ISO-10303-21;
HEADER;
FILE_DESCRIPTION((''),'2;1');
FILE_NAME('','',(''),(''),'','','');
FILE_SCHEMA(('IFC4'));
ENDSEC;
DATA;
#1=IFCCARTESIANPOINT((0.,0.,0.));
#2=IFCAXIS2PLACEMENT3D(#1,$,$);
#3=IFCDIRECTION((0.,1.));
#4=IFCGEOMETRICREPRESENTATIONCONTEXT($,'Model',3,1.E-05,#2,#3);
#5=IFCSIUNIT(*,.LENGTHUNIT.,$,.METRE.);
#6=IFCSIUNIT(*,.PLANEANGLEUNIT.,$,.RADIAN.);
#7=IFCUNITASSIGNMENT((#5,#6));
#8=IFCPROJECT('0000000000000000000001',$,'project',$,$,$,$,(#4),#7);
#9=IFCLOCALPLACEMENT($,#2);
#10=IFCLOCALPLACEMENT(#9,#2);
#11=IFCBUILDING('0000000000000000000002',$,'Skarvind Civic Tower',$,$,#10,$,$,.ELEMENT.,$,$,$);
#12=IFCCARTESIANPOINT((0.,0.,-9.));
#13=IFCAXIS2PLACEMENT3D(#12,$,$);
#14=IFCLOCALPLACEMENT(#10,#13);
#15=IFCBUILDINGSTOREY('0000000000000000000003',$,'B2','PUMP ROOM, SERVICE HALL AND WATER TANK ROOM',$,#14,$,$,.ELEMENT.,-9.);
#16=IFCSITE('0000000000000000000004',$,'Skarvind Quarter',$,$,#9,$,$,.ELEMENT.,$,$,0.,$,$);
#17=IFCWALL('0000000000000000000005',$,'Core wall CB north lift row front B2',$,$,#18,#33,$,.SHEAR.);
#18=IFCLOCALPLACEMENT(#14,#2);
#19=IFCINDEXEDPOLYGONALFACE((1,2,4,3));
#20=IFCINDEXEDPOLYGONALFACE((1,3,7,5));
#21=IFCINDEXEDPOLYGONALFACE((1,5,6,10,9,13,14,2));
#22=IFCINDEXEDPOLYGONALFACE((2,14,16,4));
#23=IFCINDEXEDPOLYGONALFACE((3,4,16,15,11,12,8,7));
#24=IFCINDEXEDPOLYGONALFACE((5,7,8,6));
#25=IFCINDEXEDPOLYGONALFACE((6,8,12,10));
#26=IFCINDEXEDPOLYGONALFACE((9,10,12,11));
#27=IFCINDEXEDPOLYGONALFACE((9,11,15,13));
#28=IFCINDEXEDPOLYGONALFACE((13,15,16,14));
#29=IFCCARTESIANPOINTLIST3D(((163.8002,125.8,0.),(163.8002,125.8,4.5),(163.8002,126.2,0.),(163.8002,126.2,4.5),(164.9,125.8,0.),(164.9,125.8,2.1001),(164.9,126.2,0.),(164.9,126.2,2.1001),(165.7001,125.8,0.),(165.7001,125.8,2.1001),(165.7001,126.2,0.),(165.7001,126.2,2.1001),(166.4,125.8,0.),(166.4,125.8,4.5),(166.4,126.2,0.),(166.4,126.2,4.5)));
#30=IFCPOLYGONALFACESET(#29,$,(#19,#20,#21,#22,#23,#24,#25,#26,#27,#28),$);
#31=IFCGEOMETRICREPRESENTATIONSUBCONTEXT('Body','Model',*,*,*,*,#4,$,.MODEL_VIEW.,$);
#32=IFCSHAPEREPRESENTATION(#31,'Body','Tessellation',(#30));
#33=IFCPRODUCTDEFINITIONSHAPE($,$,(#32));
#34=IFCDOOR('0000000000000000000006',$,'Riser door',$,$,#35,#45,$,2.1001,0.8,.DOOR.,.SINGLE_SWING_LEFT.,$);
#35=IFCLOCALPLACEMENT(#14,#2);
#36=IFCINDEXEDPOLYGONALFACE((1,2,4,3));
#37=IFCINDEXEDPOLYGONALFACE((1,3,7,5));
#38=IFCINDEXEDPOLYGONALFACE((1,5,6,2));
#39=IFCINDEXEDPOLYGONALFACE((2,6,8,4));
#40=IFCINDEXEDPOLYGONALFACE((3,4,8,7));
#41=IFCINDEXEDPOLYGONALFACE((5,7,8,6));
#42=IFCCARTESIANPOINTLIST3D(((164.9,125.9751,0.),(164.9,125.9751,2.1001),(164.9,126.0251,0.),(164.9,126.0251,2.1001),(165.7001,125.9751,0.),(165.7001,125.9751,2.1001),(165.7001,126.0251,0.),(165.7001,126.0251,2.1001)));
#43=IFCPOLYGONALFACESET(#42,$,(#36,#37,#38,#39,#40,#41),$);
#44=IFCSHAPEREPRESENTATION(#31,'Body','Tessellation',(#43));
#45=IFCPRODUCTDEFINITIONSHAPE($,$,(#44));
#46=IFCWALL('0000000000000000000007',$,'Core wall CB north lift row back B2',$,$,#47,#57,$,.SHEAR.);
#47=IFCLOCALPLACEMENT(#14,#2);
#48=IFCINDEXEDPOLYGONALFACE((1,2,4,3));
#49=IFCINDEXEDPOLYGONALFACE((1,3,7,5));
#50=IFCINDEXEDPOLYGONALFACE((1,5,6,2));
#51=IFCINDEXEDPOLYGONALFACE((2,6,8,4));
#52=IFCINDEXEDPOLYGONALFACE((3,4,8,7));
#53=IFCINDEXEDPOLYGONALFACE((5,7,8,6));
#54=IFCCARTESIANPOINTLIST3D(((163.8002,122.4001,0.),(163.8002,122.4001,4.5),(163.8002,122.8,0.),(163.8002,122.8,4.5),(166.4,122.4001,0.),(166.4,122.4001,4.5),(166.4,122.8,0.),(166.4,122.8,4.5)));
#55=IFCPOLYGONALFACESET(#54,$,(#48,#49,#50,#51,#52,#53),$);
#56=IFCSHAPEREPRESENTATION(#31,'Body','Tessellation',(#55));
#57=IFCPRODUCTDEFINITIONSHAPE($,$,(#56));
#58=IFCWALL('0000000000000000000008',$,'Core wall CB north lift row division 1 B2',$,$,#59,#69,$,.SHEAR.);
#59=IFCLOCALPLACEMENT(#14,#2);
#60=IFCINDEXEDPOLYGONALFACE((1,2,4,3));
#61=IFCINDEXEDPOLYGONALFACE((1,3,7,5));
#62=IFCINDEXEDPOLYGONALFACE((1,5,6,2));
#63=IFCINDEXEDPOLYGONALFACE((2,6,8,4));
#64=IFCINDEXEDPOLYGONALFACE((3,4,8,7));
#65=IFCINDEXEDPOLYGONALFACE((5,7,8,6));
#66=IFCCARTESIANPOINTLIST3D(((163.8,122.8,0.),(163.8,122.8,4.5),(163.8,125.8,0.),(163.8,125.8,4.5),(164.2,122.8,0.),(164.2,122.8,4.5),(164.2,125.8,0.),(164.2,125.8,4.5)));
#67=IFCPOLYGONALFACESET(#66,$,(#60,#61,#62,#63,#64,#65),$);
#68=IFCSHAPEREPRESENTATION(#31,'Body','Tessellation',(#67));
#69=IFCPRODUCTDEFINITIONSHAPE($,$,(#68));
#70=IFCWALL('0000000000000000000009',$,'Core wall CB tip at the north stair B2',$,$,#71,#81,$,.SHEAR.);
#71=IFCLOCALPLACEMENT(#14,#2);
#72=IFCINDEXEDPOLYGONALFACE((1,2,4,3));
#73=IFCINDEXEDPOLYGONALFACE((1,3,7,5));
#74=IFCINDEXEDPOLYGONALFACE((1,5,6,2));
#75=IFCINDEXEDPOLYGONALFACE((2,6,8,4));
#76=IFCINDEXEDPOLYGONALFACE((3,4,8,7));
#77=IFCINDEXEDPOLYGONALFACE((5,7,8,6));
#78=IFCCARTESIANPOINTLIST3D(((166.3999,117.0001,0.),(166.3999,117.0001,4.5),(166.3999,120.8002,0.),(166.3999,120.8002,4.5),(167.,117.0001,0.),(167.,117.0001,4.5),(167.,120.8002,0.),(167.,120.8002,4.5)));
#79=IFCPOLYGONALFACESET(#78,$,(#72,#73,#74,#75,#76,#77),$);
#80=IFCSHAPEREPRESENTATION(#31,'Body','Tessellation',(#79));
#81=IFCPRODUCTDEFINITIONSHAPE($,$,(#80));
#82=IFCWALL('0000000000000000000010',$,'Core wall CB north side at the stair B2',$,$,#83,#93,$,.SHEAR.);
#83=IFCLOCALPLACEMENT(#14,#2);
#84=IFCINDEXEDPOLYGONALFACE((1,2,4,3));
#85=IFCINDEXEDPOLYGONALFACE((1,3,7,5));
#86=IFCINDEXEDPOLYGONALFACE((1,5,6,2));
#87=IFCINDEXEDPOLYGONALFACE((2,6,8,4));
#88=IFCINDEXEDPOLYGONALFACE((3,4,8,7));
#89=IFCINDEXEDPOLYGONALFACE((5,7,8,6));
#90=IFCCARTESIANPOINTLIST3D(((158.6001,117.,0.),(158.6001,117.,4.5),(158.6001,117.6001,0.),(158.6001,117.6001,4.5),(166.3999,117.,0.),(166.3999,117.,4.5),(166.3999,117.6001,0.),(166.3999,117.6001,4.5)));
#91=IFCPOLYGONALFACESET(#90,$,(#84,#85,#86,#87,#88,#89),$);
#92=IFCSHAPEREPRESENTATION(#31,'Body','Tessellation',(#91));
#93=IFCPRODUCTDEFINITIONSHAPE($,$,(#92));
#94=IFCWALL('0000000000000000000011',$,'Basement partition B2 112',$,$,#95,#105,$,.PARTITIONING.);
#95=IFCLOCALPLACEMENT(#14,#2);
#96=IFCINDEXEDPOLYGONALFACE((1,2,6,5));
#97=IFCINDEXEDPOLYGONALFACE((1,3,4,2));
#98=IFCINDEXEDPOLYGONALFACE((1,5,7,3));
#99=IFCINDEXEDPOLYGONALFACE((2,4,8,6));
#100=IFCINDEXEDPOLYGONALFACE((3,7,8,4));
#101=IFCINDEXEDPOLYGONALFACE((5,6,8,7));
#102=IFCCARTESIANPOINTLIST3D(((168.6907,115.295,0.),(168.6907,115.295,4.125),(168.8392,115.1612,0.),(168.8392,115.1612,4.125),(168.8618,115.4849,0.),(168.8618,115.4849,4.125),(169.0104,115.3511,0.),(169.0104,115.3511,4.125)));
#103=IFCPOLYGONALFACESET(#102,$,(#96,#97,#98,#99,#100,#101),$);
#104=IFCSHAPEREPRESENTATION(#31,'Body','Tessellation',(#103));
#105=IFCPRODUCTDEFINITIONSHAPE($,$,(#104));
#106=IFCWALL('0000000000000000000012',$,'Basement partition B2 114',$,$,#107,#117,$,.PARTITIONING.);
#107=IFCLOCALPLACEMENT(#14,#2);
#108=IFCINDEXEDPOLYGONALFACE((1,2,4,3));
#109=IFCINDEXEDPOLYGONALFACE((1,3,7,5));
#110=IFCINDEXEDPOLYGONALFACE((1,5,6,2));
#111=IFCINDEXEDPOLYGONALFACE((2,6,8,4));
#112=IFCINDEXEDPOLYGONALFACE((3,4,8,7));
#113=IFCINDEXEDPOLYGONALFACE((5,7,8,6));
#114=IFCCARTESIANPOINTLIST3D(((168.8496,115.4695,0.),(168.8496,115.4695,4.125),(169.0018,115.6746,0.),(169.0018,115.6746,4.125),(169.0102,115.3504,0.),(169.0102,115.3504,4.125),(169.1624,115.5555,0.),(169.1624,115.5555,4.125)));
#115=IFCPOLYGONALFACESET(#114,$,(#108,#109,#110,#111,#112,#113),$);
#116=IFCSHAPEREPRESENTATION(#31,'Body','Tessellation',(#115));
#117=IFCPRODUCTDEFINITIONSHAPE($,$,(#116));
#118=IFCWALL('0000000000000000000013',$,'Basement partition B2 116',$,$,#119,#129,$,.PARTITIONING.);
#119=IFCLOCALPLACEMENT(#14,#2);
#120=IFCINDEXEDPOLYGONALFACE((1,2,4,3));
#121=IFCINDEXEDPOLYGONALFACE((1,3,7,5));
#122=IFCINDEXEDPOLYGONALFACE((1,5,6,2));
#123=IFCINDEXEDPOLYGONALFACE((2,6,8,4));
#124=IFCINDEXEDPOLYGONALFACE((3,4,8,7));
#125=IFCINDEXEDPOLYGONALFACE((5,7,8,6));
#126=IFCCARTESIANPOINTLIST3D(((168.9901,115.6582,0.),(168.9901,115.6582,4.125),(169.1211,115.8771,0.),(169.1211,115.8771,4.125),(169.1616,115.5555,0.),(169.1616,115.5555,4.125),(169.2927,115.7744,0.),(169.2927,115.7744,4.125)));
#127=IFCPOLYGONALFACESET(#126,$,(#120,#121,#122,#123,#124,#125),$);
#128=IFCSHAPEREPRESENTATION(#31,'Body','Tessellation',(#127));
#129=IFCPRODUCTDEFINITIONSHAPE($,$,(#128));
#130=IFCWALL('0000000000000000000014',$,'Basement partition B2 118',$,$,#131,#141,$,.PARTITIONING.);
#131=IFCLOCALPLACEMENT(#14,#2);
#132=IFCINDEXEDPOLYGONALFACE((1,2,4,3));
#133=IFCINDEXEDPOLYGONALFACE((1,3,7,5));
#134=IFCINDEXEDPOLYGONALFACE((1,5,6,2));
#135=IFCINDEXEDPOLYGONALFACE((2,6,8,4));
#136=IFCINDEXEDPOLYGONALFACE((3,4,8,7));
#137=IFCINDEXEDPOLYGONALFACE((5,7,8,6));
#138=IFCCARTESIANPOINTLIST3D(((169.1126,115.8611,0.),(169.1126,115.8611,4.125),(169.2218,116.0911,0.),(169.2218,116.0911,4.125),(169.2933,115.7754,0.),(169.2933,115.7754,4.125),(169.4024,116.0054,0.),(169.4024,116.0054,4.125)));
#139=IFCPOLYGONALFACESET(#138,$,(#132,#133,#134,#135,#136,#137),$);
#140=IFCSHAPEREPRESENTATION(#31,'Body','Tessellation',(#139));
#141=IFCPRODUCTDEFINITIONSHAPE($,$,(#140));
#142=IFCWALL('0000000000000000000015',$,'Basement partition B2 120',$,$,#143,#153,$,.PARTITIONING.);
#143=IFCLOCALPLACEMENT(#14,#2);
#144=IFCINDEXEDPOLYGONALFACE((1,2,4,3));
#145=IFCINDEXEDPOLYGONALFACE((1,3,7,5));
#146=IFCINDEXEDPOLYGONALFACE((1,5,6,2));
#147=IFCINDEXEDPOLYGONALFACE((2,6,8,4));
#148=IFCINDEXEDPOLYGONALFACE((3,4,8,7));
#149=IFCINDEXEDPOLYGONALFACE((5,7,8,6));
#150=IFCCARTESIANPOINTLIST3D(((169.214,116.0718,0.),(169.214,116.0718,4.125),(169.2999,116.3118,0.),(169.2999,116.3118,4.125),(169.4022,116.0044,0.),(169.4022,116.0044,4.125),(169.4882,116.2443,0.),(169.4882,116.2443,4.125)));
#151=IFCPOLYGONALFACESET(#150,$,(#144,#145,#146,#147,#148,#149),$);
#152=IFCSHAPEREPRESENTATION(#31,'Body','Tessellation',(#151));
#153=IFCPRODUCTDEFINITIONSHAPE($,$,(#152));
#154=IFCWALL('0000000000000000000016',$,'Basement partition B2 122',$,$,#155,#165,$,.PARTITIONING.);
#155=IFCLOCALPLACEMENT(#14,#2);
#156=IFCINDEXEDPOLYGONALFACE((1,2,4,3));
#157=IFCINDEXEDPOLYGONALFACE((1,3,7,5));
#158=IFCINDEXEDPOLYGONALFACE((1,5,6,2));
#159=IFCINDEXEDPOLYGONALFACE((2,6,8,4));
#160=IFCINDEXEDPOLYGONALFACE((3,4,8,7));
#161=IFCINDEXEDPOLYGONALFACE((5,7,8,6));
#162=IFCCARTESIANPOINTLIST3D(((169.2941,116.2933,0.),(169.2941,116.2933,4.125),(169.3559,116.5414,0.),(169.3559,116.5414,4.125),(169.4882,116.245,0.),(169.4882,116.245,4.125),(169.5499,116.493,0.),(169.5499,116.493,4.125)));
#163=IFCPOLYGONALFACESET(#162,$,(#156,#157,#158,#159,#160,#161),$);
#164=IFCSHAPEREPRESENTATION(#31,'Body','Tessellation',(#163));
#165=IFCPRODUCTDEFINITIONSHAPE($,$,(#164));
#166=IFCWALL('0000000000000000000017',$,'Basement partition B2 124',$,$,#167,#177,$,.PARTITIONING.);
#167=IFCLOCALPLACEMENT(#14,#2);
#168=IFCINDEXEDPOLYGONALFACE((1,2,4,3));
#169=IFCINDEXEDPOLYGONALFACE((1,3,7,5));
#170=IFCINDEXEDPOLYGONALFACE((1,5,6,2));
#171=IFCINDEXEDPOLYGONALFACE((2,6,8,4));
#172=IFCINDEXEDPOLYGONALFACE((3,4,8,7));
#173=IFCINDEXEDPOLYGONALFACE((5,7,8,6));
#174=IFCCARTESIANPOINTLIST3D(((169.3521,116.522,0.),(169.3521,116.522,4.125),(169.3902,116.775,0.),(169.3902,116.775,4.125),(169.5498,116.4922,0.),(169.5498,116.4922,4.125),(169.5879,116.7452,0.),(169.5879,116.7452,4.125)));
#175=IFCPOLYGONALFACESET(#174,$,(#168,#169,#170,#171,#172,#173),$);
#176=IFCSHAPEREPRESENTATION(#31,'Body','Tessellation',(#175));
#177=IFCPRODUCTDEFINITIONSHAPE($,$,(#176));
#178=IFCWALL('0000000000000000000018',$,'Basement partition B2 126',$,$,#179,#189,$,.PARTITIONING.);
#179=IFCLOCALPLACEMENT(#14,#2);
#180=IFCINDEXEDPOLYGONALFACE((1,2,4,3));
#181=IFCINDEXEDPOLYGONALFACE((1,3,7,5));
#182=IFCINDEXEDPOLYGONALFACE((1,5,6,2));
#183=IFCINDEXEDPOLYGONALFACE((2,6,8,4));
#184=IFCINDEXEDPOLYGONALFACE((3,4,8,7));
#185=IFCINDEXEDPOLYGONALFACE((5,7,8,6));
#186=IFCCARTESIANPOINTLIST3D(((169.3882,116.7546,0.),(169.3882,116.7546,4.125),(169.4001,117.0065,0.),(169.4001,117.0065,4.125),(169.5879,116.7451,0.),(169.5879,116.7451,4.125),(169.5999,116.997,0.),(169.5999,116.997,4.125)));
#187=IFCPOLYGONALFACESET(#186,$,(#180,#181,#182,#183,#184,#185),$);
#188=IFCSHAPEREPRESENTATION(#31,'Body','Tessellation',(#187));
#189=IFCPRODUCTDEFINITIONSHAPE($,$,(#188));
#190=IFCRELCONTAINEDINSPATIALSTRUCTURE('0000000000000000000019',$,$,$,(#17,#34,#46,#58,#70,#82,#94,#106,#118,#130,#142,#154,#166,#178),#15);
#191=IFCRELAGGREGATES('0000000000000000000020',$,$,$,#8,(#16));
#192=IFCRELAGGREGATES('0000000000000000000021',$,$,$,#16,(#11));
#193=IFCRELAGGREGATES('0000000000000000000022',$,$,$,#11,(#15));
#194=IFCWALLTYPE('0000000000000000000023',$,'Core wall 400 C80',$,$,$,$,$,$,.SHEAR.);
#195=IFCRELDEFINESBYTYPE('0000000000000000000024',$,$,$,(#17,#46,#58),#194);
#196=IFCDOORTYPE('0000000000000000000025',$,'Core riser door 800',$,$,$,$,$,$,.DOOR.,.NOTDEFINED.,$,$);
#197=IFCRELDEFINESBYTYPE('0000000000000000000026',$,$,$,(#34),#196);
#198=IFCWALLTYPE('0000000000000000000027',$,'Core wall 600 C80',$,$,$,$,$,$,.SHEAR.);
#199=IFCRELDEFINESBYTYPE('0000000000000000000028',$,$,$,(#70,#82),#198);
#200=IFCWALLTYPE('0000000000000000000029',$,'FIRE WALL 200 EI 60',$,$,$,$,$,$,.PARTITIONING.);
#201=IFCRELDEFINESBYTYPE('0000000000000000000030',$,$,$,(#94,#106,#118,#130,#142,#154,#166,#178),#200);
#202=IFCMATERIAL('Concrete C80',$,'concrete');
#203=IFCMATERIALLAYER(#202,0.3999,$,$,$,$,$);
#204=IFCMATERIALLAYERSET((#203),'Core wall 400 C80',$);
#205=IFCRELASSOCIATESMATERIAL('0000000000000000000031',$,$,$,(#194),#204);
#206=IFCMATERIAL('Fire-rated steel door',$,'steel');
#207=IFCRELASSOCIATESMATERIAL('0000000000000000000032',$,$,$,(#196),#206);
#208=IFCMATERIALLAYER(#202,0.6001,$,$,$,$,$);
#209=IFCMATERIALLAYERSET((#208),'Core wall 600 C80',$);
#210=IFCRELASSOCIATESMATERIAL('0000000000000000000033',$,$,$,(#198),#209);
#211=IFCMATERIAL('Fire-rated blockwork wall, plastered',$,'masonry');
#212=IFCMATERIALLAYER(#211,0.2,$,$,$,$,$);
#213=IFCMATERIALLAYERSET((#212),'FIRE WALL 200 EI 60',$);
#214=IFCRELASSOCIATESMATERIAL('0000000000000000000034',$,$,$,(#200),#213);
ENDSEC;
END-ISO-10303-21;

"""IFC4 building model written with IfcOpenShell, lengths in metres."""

from ifc_helpers import new_model, si_unit, direction, frame, frame_2d, origin, place, context, subcontext, project, spatial, rectangle, extrude, material, layer, layer_set, type_object, element, fill, save


model = new_model("IFC4")

# Units and contexts
model_context = context("Model", 3, precision=1e-05, world=origin(), true_north=direction((0.0, 1.0)))
body_context = subcontext(model_context, "Body", "Model", "MODEL_VIEW")
ifc_project = project(units=[si_unit("LENGTHUNIT", "METRE"), si_unit("PLANEANGLEUNIT", "RADIAN")], contexts=[model_context])

# Site, building, storey
site_placement = place(None, origin())
site = spatial("IfcSite", under=ifc_project, at=site_placement, Name="Skarvind Quarter", CompositionType="ELEMENT", RefElevation=0.0)
building_placement = place(site_placement, origin())
building = spatial("IfcBuilding", under=site, at=building_placement, Name="Skarvind Civic Tower", CompositionType="ELEMENT")
storey_placement = place(building_placement, frame((0.0, 0.0, -9.0)))
storey = spatial("IfcBuildingStorey", under=building, at=storey_placement, Name="B2", Description="PUMP ROOM, SERVICE HALL AND WATER TANK ROOM", CompositionType="ELEMENT", Elevation=-9.0)

# Shared definitions
ifc_material_1 = material(Name="Fire-rated steel door", Category="steel")

# Shared definitions
ifc_material_2 = material(Name="Concrete C80", Category="concrete")
ifc_layer_1 = layer(ifc_material_2, 0.3999)
ifc_layer_set_1 = layer_set([ifc_layer_1], Name="Core wall 400 C80")
wall_type_1 = type_object("IfcWallType", Name="Core wall 400 C80", PredefinedType="SHEAR", material=ifc_layer_set_1)

# Wall, opening, door
wall_1_placement = place(storey_placement, frame((166.3999, 126.0, 0.0), z_axis=(0.0, 0.0, 1.0), x_axis=(-1.0, 0.0, 0.0)))
wall_1 = element("IfcWall", 1, at=wall_1_placement, inside=storey, type_object=wall_type_1, Name="Core wall CB north lift row front B2", PredefinedType="SHEAR", context=body_context, shape_type="SweptSolid", body=[
    extrude(rectangle(XDim=2.5999, YDim=0.3999, at=frame_2d((1.2998, 0.0))), origin(), (0.0, 0.0, 1.0), 4.5),
])
opening_1_placement = place(wall_1_placement, frame((0.7, 0.0, 0.0)))
opening_1 = element("IfcOpeningElement", 2, at=opening_1_placement, cuts=wall_1, PredefinedType="OPENING", context=body_context, shape_type="SweptSolid", body=[
    extrude(rectangle(XDim=0.8, YDim=2.1001, at=frame_2d((0.3999, 1.05))), frame((0.0, 0.21, 0.0), z_axis=(0.0, -1.0, 0.0), x_axis=(1.0, 0.0, 0.0)), (0.0, 0.0, 1.0), 0.4199),
])
door_type_1 = type_object("IfcDoorType", Name="Core riser door 800", OperationType="NOTDEFINED", PredefinedType="DOOR", material=ifc_material_1)
door_1_placement = place(opening_1_placement, origin())
door_1 = element("IfcDoor", 3, at=door_1_placement, inside=storey, type_object=door_type_1, Name="Riser door", OperationType="SINGLE_SWING_LEFT", OverallHeight=2.1001, OverallWidth=0.8, PredefinedType="DOOR", context=body_context, shape_type="SweptSolid", body=[
    extrude(rectangle(XDim=0.8, YDim=2.1001, at=frame_2d((0.3999, 1.05))), frame((0.0, 0.0249, 0.0), z_axis=(0.0, -1.0, 0.0), x_axis=(1.0, 0.0, 0.0)), (0.0, 0.0, 1.0), 0.05),
])
fill(opening_1, door_1)

# Walls
wall_2_placement = place(storey_placement, frame((166.3999, 122.6001, 0.0), z_axis=(0.0, 0.0, 1.0), x_axis=(-1.0, 0.0, 0.0)))
element("IfcWall", 4, at=wall_2_placement, inside=storey, type_object=wall_type_1, Name="Core wall CB north lift row back B2", PredefinedType="SHEAR", context=body_context, shape_type="SweptSolid", body=[
    extrude(rectangle(XDim=2.5999, YDim=0.3999, at=frame_2d((1.2998, 0.0))), origin(), (0.0, 0.0, 1.0), 4.5),
])
wall_3_placement = place(storey_placement, frame((164.0, 125.8, 0.0), z_axis=(0.0, 0.0, 1.0), x_axis=(0.0, -1.0, 0.0)))
element("IfcWall", 5, at=wall_3_placement, inside=storey, type_object=wall_type_1, Name="Core wall CB north lift row division 1 B2", PredefinedType="SHEAR", context=body_context, shape_type="SweptSolid", body=[
    extrude(rectangle(XDim=3.0, YDim=0.3999, at=frame_2d((1.5, 0.0))), origin(), (0.0, 0.0, 1.0), 4.5),
])
ifc_layer_2 = layer(ifc_material_2, 0.6001)
ifc_layer_set_2 = layer_set([ifc_layer_2], Name="Core wall 600 C80")
wall_type_2 = type_object("IfcWallType", Name="Core wall 600 C80", PredefinedType="SHEAR", material=ifc_layer_set_2)
wall_4_placement = place(storey_placement, frame((166.7, 120.8, 0.0), z_axis=(0.0, 0.0, 1.0), x_axis=(0.0, -1.0, 0.0)))
element("IfcWall", 6, at=wall_4_placement, inside=storey, type_object=wall_type_2, Name="Core wall CB tip at the north stair B2", PredefinedType="SHEAR", context=body_context, shape_type="SweptSolid", body=[
    extrude(rectangle(XDim=3.8, YDim=0.6001, at=frame_2d((1.8999, 0.0))), origin(), (0.0, 0.0, 1.0), 4.5),
])
wall_5_placement = place(storey_placement, frame((166.3999, 117.3, 0.0), z_axis=(0.0, 0.0, 1.0), x_axis=(-1.0, 0.0, 0.0)))
element("IfcWall", 7, at=wall_5_placement, inside=storey, type_object=wall_type_2, Name="Core wall CB north side at the stair B2", PredefinedType="SHEAR", context=body_context, shape_type="SweptSolid", body=[
    extrude(rectangle(XDim=7.7998, YDim=0.6001, at=frame_2d((3.8999, 0.0))), origin(), (0.0, 0.0, 1.0), 4.5),
])
ifc_material_3 = material(Name="Fire-rated blockwork wall, plastered", Category="masonry")
ifc_layer_3 = layer(ifc_material_3, 0.2)
ifc_layer_set_3 = layer_set([ifc_layer_3], Name="FIRE WALL 200 EI 60")
wall_type_3 = type_object("IfcWallType", Name="FIRE WALL 200 EI 60", PredefinedType="PARTITIONING", material=ifc_layer_set_3)
wall_6_placement = place(storey_placement, frame((168.7649, 115.228, 0.0), z_axis=(0.0, 0.0, 1.0), x_axis=(0.669387, 0.742914, 0.0)))
element("IfcWall", 8, at=wall_6_placement, inside=storey, type_object=wall_type_3, Name="Basement partition B2 112", PredefinedType="PARTITIONING", context=body_context, shape_type="SweptSolid", body=[
    extrude(rectangle(XDim=0.2556, YDim=0.2, at=frame_2d((0.1279, 0.0))), origin(), (0.0, 0.0, 1.0), 4.125),
])
wall_7_placement = place(storey_placement, frame((168.9299, 115.4099, 0.0), z_axis=(0.0, 0.0, 1.0), x_axis=(0.595708, 0.803201, 0.0)))
element("IfcWall", 9, at=wall_7_placement, inside=storey, type_object=wall_type_3, Name="Basement partition B2 114", PredefinedType="PARTITIONING", context=body_context, shape_type="SweptSolid", body=[
    extrude(rectangle(XDim=0.2554, YDim=0.2, at=frame_2d((0.1277, 0.0))), origin(), (0.0, 0.0, 1.0), 4.125),
])
wall_8_placement = place(storey_placement, frame((169.0759, 115.6069, 0.0), z_axis=(0.0, 0.0, 1.0), x_axis=(0.513652, 0.857999, 0.0)))
element("IfcWall", 10, at=wall_8_placement, inside=storey, type_object=wall_type_3, Name="Basement partition B2 116", PredefinedType="PARTITIONING", context=body_context, shape_type="SweptSolid", body=[
    extrude(rectangle(XDim=0.2551, YDim=0.2, at=frame_2d((0.1274, 0.0))), origin(), (0.0, 0.0, 1.0), 4.125),
])
wall_9_placement = place(storey_placement, frame((169.2029, 115.8181, 0.0), z_axis=(0.0, 0.0, 1.0), x_axis=(0.428705, 0.903445, 0.0)))
element("IfcWall", 11, at=wall_9_placement, inside=storey, type_object=wall_type_3, Name="Basement partition B2 118", PredefinedType="PARTITIONING", context=body_context, shape_type="SweptSolid", body=[
    extrude(rectangle(XDim=0.2546, YDim=0.2, at=frame_2d((0.1274, 0.0))), origin(), (0.0, 0.0, 1.0), 4.125),
])
wall_10_placement = place(storey_placement, frame((169.3081, 116.0381, 0.0), z_axis=(0.0, 0.0, 1.0), x_axis=(0.337125, 0.94146, 0.0)))
element("IfcWall", 12, at=wall_10_placement, inside=storey, type_object=wall_type_3, Name="Basement partition B2 120", PredefinedType="PARTITIONING", context=body_context, shape_type="SweptSolid", body=[
    extrude(rectangle(XDim=0.2549, YDim=0.2, at=frame_2d((0.1274, 0.0))), origin(), (0.0, 0.0, 1.0), 4.125),
])
wall_11_placement = place(storey_placement, frame((169.3911, 116.269, 0.0), z_axis=(0.0, 0.0, 1.0), x_axis=(0.241637, 0.970367, 0.0)))
element("IfcWall", 13, at=wall_11_placement, inside=storey, type_object=wall_type_3, Name="Basement partition B2 122", PredefinedType="PARTITIONING", context=body_context, shape_type="SweptSolid", body=[
    extrude(rectangle(XDim=0.2556, YDim=0.2, at=frame_2d((0.1279, 0.0))), origin(), (0.0, 0.0, 1.0), 4.125),
])
wall_12_placement = place(storey_placement, frame((169.4509, 116.5071, 0.0), z_axis=(0.0, 0.0, 1.0), x_axis=(0.148901, 0.988852, 0.0)))
element("IfcWall", 14, at=wall_12_placement, inside=storey, type_object=wall_type_3, Name="Basement partition B2 124", PredefinedType="PARTITIONING", context=body_context, shape_type="SweptSolid", body=[
    extrude(rectangle(XDim=0.2559, YDim=0.2, at=frame_2d((0.1279, 0.0))), origin(), (0.0, 0.0, 1.0), 4.125),
])
wall_13_placement = place(storey_placement, frame((169.488, 116.75, 0.0), z_axis=(0.0, 0.0, 1.0), x_axis=(0.047427, 0.998875, 0.0)))
element("IfcWall", 15, at=wall_13_placement, inside=storey, type_object=wall_type_3, Name="Basement partition B2 126", PredefinedType="PARTITIONING", context=body_context, shape_type="SweptSolid", body=[
    extrude(rectangle(XDim=0.2522, YDim=0.2, at=frame_2d((0.126, 0.0))), origin(), (0.0, 0.0, 1.0), 4.125),
])

save(model, "model.ifc")
